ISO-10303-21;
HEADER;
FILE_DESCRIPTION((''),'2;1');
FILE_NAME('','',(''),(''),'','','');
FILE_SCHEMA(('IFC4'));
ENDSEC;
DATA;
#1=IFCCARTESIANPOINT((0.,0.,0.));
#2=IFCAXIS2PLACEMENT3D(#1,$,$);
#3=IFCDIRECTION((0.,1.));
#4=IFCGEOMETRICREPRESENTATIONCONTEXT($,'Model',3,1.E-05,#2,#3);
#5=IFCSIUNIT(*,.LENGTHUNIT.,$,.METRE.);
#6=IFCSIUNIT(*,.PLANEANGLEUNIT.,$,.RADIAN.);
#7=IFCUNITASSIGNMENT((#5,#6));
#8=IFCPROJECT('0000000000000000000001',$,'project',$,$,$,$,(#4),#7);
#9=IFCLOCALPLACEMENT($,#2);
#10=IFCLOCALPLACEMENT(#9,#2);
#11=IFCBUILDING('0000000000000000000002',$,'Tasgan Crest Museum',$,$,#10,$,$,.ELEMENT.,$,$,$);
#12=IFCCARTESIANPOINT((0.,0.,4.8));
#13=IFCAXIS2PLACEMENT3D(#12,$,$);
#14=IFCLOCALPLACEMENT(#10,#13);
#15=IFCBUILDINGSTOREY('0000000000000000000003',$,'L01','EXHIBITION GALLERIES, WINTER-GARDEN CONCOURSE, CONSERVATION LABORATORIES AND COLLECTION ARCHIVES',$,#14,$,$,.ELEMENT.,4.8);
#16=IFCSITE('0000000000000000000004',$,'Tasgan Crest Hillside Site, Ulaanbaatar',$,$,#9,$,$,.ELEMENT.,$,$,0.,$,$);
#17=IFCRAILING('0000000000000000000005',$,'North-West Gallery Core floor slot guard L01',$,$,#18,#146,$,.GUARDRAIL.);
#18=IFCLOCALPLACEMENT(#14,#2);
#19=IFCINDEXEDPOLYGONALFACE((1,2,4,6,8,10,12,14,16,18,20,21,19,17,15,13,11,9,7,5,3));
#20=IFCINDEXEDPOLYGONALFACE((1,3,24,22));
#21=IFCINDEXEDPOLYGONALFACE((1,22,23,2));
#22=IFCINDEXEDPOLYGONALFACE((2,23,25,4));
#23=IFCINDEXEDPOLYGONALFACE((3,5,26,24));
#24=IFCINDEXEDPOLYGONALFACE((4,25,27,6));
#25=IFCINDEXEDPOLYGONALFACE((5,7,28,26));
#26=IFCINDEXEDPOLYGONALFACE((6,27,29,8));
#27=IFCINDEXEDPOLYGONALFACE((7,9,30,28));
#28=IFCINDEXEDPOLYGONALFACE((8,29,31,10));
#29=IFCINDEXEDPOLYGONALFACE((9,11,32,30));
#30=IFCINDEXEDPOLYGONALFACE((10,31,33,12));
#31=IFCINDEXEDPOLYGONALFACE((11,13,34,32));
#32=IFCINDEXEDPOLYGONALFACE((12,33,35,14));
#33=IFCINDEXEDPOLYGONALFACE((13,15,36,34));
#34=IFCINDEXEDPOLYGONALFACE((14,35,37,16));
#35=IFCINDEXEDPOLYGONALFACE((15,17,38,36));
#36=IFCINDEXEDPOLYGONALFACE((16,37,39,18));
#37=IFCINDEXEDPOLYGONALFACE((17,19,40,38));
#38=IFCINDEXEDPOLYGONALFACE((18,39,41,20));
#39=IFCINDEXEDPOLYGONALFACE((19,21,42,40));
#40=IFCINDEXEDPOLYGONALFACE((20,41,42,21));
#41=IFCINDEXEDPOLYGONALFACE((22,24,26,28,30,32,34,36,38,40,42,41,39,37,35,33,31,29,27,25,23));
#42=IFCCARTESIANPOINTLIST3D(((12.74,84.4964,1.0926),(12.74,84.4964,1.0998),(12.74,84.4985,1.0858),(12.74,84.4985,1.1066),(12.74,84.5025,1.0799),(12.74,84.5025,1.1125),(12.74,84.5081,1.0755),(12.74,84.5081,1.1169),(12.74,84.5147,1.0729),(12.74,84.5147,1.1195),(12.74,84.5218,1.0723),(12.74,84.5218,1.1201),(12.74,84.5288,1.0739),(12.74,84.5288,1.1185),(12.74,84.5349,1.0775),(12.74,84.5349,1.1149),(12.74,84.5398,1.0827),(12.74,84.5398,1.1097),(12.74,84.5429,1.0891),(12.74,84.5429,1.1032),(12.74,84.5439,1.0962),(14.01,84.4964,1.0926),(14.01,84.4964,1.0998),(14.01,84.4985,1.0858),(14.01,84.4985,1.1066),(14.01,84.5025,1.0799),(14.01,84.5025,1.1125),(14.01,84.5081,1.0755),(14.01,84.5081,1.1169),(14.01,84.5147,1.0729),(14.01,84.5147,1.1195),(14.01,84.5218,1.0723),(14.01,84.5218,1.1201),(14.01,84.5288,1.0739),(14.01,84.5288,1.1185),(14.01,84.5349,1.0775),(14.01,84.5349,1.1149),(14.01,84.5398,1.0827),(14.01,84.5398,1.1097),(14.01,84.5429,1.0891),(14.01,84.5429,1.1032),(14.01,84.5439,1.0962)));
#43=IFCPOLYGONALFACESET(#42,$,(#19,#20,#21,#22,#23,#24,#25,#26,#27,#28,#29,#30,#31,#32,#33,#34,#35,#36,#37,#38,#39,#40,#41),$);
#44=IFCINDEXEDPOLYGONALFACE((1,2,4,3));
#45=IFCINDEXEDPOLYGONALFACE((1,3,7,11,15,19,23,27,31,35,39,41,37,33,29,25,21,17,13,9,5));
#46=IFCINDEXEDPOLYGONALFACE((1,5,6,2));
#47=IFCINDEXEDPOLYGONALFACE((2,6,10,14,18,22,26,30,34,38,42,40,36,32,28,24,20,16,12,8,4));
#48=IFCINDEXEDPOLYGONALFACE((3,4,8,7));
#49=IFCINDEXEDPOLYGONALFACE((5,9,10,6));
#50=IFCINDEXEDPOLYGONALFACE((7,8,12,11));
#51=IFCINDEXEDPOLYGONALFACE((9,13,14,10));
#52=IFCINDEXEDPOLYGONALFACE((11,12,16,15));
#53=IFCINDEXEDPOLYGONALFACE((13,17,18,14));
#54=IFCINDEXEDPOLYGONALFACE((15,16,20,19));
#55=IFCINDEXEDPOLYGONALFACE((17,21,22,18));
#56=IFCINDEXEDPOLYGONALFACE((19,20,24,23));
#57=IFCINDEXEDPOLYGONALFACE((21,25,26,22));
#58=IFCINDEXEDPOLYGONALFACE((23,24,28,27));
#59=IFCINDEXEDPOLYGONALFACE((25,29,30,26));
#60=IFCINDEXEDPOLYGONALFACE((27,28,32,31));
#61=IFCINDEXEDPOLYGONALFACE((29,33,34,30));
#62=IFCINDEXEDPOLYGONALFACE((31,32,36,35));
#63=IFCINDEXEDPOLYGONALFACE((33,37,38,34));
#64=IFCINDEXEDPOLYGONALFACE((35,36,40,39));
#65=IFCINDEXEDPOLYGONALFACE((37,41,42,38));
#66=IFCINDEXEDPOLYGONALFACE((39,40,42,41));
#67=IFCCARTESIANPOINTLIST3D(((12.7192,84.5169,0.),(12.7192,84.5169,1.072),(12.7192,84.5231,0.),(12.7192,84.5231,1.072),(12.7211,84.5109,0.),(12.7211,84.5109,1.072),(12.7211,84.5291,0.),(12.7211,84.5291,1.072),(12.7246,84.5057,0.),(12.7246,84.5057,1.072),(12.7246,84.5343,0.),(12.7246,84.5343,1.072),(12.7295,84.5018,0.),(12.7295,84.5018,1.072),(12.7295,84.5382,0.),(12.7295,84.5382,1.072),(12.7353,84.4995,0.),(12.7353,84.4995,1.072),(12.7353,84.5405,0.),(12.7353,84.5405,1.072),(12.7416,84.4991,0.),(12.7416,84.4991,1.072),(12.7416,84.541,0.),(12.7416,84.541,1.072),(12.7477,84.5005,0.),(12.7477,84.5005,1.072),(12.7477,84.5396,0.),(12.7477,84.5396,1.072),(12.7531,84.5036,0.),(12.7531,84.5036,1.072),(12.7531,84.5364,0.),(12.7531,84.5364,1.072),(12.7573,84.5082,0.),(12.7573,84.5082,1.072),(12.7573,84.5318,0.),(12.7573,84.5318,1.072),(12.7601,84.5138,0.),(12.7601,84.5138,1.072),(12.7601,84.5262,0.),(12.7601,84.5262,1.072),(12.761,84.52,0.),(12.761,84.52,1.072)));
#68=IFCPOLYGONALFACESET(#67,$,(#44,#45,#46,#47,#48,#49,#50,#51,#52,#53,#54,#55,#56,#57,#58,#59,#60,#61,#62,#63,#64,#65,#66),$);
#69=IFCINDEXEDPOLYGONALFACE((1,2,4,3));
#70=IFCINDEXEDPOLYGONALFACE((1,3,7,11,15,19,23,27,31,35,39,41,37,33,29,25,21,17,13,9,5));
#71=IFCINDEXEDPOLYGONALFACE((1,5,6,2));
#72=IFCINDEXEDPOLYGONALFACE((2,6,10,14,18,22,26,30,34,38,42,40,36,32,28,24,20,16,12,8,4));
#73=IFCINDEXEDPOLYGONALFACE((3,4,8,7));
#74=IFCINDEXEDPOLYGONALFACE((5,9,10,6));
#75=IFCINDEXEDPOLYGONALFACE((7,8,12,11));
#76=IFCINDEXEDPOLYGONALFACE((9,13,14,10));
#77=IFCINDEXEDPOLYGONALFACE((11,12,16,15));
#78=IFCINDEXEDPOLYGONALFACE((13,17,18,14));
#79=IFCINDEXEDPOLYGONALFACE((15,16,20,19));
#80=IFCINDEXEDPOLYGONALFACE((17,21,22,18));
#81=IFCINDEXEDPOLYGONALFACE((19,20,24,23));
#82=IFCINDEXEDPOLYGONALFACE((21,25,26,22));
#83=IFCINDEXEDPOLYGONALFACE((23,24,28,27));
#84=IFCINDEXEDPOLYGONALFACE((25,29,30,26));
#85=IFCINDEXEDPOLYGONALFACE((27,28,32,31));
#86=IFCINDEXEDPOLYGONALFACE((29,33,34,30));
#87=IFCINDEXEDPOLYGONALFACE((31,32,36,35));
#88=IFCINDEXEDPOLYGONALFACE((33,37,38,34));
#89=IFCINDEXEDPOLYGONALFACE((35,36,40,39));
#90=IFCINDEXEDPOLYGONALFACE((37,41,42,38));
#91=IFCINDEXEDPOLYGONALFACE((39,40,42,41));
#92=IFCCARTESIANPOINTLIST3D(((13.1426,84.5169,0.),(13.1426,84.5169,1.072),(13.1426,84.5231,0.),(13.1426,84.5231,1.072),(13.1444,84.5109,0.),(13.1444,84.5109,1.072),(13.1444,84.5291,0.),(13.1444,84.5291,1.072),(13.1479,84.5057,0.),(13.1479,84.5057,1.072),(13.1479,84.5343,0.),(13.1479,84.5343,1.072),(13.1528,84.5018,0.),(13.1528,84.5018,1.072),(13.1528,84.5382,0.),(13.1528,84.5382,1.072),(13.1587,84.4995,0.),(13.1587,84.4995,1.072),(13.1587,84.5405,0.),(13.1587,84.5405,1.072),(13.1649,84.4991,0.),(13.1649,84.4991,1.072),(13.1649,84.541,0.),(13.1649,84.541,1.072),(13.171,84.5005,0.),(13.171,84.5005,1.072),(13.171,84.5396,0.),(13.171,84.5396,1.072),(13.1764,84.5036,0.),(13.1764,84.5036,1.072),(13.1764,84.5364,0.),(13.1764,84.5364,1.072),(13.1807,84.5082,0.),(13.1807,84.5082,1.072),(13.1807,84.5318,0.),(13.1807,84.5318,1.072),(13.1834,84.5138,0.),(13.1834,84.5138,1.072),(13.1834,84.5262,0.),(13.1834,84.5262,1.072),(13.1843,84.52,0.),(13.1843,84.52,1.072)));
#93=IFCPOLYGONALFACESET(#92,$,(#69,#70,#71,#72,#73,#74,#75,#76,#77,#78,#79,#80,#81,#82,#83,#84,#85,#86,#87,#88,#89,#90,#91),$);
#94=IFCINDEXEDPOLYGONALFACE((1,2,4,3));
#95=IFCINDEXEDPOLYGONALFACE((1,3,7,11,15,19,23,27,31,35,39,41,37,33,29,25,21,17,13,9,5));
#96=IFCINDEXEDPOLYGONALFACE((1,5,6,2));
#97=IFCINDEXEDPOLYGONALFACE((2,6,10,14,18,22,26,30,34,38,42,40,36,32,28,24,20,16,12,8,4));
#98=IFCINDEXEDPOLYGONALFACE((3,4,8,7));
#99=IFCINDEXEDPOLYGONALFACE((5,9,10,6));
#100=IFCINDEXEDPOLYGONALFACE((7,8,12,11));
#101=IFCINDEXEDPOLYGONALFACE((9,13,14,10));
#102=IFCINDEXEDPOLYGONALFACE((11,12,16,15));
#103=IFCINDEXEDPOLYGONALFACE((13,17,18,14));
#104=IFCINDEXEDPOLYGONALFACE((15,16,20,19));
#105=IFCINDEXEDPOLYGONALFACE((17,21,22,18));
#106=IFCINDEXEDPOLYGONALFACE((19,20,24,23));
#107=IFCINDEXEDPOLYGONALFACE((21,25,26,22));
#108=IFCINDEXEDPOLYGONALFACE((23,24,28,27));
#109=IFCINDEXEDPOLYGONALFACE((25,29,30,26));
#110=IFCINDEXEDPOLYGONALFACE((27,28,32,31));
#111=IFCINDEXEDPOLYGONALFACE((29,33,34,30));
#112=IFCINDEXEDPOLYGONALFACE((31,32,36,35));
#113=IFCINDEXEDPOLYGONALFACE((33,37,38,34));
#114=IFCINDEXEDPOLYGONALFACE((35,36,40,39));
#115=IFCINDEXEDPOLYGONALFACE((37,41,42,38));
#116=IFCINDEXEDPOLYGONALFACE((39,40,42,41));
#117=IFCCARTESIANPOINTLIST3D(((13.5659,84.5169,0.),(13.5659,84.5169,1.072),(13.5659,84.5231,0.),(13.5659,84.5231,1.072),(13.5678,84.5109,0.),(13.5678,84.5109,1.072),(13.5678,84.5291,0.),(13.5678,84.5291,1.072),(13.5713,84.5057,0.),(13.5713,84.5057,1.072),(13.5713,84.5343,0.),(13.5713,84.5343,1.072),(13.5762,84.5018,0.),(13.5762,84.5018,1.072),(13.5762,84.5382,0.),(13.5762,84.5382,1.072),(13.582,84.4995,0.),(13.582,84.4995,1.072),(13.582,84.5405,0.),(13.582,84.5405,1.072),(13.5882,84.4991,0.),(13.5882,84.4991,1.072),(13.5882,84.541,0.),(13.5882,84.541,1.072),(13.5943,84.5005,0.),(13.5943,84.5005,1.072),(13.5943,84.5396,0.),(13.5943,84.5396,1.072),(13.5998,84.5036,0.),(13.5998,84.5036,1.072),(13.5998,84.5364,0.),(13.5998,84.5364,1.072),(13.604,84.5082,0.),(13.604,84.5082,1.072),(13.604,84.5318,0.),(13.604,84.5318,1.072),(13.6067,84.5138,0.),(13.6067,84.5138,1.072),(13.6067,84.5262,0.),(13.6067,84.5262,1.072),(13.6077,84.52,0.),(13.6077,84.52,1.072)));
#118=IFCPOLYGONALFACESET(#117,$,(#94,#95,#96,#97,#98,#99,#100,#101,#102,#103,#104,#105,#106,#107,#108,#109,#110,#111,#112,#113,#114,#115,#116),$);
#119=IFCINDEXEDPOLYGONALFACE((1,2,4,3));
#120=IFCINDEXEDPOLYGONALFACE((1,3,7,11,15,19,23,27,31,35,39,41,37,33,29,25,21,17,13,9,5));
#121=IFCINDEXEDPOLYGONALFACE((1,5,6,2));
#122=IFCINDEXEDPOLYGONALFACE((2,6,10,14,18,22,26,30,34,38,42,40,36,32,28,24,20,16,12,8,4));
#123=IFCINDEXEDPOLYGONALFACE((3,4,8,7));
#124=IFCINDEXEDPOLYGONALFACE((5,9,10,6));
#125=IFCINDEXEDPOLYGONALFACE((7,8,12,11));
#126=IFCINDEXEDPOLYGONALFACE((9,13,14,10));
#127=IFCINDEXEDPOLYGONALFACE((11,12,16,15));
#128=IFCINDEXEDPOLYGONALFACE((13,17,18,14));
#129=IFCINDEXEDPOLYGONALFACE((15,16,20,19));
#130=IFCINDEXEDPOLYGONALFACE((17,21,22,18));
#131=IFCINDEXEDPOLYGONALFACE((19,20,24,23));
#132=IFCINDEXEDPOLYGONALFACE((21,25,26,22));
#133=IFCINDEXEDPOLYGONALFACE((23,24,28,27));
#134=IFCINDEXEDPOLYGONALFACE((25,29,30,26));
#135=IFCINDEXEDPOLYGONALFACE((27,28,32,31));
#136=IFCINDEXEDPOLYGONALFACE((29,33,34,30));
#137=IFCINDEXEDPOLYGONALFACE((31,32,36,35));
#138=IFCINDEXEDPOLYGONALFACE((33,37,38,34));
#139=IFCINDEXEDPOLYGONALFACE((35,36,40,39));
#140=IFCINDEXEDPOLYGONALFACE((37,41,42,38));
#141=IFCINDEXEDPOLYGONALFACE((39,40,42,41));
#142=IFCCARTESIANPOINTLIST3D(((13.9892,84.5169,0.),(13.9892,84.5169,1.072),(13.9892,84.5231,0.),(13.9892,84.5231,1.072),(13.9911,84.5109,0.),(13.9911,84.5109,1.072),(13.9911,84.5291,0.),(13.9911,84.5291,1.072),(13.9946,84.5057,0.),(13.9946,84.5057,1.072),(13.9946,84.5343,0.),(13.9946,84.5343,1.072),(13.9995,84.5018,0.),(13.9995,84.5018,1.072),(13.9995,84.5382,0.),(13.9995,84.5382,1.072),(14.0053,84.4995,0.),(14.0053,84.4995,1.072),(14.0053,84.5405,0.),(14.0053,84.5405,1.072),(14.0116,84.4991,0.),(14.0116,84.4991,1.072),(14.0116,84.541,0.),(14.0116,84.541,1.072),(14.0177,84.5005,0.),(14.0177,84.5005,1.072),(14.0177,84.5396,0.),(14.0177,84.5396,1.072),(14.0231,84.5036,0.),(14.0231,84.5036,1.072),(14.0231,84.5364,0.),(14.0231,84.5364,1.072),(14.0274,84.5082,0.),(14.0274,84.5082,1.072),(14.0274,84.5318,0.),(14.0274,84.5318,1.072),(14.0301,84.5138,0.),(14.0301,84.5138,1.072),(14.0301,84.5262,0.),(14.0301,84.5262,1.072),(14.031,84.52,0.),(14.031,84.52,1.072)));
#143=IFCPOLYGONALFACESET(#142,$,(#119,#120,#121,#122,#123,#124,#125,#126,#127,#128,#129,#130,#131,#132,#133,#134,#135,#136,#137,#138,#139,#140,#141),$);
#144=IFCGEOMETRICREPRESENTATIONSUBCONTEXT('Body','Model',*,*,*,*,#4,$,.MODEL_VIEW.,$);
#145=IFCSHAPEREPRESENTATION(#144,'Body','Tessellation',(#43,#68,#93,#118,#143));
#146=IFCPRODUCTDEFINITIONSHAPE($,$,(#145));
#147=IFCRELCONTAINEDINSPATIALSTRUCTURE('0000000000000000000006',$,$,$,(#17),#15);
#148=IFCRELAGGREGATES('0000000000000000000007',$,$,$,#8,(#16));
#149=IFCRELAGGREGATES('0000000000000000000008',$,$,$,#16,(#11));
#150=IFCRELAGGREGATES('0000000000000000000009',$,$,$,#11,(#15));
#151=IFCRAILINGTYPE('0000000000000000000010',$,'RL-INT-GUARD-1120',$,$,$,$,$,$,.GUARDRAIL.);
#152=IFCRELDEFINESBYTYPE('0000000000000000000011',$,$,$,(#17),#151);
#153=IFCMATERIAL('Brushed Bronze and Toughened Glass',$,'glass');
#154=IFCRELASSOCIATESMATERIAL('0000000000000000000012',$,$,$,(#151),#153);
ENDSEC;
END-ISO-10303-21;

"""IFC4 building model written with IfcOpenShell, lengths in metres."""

from ifc_helpers import new_model, si_unit, direction, frame, origin, origin_2d, place, context, subcontext, project, spatial, circle, extrude, material, type_object, element, save


model = new_model("IFC4")

# Units and contexts
model_context = context("Model", 3, precision=1e-05, world=origin(), true_north=direction((0.0, 1.0)))
body_context = subcontext(model_context, "Body", "Model", "MODEL_VIEW")
ifc_project = project(units=[si_unit("LENGTHUNIT", "METRE"), si_unit("PLANEANGLEUNIT", "RADIAN")], contexts=[model_context])

# Site, building, storey
site_placement = place(None, origin())
site = spatial("IfcSite", under=ifc_project, at=site_placement, Name="Tasgan Crest Hillside Site, Ulaanbaatar", CompositionType="ELEMENT", RefElevation=0.0)
building_placement = place(site_placement, origin())
building = spatial("IfcBuilding", under=site, at=building_placement, Name="Tasgan Crest Museum", CompositionType="ELEMENT")
storey_placement = place(building_placement, frame((0.0, 0.0, 4.8)))
storey = spatial("IfcBuildingStorey", under=building, at=storey_placement, Name="L01", Description="EXHIBITION GALLERIES, WINTER-GARDEN CONCOURSE, CONSERVATION LABORATORIES AND COLLECTION ARCHIVES", CompositionType="ELEMENT", Elevation=4.8)

# Railing
ifc_material_1 = material(Name="Brushed Bronze and Toughened Glass", Category="glass")
railing_type_1 = type_object("IfcRailingType", Name="RL-INT-GUARD-1120", PredefinedType="GUARDRAIL", material=ifc_material_1)
railing_1_placement = place(storey_placement, frame((12.74, 84.52, 0.0)))
element("IfcRailing", 1, at=railing_1_placement, inside=storey, type_object=railing_type_1, Name="North-West Gallery Core floor slot guard L01", PredefinedType="GUARDRAIL", context=body_context, shape_type="SweptSolid", body=[
    extrude(circle(Radius=0.0239, at=origin_2d()), frame((0.0, 0.0, 1.0962), z_axis=(1.0, 0.0, 0.0), x_axis=(0.0, 1.0, 0.0)), (0.0, 0.0, 1.0), 1.27),
    extrude(circle(Radius=0.021, at=origin_2d()), origin(), (0.0, 0.0, 1.0), 1.072),
    extrude(circle(Radius=0.021, at=origin_2d()), frame((0.4233, 0.0, 0.0)), (0.0, 0.0, 1.0), 1.072),
    extrude(circle(Radius=0.021, at=origin_2d()), frame((0.8467, 0.0, 0.0)), (0.0, 0.0, 1.0), 1.072),
    extrude(circle(Radius=0.021, at=origin_2d()), frame((1.27, 0.0, 0.0)), (0.0, 0.0, 1.0), 1.072),
])

save(model, "model.ifc")
